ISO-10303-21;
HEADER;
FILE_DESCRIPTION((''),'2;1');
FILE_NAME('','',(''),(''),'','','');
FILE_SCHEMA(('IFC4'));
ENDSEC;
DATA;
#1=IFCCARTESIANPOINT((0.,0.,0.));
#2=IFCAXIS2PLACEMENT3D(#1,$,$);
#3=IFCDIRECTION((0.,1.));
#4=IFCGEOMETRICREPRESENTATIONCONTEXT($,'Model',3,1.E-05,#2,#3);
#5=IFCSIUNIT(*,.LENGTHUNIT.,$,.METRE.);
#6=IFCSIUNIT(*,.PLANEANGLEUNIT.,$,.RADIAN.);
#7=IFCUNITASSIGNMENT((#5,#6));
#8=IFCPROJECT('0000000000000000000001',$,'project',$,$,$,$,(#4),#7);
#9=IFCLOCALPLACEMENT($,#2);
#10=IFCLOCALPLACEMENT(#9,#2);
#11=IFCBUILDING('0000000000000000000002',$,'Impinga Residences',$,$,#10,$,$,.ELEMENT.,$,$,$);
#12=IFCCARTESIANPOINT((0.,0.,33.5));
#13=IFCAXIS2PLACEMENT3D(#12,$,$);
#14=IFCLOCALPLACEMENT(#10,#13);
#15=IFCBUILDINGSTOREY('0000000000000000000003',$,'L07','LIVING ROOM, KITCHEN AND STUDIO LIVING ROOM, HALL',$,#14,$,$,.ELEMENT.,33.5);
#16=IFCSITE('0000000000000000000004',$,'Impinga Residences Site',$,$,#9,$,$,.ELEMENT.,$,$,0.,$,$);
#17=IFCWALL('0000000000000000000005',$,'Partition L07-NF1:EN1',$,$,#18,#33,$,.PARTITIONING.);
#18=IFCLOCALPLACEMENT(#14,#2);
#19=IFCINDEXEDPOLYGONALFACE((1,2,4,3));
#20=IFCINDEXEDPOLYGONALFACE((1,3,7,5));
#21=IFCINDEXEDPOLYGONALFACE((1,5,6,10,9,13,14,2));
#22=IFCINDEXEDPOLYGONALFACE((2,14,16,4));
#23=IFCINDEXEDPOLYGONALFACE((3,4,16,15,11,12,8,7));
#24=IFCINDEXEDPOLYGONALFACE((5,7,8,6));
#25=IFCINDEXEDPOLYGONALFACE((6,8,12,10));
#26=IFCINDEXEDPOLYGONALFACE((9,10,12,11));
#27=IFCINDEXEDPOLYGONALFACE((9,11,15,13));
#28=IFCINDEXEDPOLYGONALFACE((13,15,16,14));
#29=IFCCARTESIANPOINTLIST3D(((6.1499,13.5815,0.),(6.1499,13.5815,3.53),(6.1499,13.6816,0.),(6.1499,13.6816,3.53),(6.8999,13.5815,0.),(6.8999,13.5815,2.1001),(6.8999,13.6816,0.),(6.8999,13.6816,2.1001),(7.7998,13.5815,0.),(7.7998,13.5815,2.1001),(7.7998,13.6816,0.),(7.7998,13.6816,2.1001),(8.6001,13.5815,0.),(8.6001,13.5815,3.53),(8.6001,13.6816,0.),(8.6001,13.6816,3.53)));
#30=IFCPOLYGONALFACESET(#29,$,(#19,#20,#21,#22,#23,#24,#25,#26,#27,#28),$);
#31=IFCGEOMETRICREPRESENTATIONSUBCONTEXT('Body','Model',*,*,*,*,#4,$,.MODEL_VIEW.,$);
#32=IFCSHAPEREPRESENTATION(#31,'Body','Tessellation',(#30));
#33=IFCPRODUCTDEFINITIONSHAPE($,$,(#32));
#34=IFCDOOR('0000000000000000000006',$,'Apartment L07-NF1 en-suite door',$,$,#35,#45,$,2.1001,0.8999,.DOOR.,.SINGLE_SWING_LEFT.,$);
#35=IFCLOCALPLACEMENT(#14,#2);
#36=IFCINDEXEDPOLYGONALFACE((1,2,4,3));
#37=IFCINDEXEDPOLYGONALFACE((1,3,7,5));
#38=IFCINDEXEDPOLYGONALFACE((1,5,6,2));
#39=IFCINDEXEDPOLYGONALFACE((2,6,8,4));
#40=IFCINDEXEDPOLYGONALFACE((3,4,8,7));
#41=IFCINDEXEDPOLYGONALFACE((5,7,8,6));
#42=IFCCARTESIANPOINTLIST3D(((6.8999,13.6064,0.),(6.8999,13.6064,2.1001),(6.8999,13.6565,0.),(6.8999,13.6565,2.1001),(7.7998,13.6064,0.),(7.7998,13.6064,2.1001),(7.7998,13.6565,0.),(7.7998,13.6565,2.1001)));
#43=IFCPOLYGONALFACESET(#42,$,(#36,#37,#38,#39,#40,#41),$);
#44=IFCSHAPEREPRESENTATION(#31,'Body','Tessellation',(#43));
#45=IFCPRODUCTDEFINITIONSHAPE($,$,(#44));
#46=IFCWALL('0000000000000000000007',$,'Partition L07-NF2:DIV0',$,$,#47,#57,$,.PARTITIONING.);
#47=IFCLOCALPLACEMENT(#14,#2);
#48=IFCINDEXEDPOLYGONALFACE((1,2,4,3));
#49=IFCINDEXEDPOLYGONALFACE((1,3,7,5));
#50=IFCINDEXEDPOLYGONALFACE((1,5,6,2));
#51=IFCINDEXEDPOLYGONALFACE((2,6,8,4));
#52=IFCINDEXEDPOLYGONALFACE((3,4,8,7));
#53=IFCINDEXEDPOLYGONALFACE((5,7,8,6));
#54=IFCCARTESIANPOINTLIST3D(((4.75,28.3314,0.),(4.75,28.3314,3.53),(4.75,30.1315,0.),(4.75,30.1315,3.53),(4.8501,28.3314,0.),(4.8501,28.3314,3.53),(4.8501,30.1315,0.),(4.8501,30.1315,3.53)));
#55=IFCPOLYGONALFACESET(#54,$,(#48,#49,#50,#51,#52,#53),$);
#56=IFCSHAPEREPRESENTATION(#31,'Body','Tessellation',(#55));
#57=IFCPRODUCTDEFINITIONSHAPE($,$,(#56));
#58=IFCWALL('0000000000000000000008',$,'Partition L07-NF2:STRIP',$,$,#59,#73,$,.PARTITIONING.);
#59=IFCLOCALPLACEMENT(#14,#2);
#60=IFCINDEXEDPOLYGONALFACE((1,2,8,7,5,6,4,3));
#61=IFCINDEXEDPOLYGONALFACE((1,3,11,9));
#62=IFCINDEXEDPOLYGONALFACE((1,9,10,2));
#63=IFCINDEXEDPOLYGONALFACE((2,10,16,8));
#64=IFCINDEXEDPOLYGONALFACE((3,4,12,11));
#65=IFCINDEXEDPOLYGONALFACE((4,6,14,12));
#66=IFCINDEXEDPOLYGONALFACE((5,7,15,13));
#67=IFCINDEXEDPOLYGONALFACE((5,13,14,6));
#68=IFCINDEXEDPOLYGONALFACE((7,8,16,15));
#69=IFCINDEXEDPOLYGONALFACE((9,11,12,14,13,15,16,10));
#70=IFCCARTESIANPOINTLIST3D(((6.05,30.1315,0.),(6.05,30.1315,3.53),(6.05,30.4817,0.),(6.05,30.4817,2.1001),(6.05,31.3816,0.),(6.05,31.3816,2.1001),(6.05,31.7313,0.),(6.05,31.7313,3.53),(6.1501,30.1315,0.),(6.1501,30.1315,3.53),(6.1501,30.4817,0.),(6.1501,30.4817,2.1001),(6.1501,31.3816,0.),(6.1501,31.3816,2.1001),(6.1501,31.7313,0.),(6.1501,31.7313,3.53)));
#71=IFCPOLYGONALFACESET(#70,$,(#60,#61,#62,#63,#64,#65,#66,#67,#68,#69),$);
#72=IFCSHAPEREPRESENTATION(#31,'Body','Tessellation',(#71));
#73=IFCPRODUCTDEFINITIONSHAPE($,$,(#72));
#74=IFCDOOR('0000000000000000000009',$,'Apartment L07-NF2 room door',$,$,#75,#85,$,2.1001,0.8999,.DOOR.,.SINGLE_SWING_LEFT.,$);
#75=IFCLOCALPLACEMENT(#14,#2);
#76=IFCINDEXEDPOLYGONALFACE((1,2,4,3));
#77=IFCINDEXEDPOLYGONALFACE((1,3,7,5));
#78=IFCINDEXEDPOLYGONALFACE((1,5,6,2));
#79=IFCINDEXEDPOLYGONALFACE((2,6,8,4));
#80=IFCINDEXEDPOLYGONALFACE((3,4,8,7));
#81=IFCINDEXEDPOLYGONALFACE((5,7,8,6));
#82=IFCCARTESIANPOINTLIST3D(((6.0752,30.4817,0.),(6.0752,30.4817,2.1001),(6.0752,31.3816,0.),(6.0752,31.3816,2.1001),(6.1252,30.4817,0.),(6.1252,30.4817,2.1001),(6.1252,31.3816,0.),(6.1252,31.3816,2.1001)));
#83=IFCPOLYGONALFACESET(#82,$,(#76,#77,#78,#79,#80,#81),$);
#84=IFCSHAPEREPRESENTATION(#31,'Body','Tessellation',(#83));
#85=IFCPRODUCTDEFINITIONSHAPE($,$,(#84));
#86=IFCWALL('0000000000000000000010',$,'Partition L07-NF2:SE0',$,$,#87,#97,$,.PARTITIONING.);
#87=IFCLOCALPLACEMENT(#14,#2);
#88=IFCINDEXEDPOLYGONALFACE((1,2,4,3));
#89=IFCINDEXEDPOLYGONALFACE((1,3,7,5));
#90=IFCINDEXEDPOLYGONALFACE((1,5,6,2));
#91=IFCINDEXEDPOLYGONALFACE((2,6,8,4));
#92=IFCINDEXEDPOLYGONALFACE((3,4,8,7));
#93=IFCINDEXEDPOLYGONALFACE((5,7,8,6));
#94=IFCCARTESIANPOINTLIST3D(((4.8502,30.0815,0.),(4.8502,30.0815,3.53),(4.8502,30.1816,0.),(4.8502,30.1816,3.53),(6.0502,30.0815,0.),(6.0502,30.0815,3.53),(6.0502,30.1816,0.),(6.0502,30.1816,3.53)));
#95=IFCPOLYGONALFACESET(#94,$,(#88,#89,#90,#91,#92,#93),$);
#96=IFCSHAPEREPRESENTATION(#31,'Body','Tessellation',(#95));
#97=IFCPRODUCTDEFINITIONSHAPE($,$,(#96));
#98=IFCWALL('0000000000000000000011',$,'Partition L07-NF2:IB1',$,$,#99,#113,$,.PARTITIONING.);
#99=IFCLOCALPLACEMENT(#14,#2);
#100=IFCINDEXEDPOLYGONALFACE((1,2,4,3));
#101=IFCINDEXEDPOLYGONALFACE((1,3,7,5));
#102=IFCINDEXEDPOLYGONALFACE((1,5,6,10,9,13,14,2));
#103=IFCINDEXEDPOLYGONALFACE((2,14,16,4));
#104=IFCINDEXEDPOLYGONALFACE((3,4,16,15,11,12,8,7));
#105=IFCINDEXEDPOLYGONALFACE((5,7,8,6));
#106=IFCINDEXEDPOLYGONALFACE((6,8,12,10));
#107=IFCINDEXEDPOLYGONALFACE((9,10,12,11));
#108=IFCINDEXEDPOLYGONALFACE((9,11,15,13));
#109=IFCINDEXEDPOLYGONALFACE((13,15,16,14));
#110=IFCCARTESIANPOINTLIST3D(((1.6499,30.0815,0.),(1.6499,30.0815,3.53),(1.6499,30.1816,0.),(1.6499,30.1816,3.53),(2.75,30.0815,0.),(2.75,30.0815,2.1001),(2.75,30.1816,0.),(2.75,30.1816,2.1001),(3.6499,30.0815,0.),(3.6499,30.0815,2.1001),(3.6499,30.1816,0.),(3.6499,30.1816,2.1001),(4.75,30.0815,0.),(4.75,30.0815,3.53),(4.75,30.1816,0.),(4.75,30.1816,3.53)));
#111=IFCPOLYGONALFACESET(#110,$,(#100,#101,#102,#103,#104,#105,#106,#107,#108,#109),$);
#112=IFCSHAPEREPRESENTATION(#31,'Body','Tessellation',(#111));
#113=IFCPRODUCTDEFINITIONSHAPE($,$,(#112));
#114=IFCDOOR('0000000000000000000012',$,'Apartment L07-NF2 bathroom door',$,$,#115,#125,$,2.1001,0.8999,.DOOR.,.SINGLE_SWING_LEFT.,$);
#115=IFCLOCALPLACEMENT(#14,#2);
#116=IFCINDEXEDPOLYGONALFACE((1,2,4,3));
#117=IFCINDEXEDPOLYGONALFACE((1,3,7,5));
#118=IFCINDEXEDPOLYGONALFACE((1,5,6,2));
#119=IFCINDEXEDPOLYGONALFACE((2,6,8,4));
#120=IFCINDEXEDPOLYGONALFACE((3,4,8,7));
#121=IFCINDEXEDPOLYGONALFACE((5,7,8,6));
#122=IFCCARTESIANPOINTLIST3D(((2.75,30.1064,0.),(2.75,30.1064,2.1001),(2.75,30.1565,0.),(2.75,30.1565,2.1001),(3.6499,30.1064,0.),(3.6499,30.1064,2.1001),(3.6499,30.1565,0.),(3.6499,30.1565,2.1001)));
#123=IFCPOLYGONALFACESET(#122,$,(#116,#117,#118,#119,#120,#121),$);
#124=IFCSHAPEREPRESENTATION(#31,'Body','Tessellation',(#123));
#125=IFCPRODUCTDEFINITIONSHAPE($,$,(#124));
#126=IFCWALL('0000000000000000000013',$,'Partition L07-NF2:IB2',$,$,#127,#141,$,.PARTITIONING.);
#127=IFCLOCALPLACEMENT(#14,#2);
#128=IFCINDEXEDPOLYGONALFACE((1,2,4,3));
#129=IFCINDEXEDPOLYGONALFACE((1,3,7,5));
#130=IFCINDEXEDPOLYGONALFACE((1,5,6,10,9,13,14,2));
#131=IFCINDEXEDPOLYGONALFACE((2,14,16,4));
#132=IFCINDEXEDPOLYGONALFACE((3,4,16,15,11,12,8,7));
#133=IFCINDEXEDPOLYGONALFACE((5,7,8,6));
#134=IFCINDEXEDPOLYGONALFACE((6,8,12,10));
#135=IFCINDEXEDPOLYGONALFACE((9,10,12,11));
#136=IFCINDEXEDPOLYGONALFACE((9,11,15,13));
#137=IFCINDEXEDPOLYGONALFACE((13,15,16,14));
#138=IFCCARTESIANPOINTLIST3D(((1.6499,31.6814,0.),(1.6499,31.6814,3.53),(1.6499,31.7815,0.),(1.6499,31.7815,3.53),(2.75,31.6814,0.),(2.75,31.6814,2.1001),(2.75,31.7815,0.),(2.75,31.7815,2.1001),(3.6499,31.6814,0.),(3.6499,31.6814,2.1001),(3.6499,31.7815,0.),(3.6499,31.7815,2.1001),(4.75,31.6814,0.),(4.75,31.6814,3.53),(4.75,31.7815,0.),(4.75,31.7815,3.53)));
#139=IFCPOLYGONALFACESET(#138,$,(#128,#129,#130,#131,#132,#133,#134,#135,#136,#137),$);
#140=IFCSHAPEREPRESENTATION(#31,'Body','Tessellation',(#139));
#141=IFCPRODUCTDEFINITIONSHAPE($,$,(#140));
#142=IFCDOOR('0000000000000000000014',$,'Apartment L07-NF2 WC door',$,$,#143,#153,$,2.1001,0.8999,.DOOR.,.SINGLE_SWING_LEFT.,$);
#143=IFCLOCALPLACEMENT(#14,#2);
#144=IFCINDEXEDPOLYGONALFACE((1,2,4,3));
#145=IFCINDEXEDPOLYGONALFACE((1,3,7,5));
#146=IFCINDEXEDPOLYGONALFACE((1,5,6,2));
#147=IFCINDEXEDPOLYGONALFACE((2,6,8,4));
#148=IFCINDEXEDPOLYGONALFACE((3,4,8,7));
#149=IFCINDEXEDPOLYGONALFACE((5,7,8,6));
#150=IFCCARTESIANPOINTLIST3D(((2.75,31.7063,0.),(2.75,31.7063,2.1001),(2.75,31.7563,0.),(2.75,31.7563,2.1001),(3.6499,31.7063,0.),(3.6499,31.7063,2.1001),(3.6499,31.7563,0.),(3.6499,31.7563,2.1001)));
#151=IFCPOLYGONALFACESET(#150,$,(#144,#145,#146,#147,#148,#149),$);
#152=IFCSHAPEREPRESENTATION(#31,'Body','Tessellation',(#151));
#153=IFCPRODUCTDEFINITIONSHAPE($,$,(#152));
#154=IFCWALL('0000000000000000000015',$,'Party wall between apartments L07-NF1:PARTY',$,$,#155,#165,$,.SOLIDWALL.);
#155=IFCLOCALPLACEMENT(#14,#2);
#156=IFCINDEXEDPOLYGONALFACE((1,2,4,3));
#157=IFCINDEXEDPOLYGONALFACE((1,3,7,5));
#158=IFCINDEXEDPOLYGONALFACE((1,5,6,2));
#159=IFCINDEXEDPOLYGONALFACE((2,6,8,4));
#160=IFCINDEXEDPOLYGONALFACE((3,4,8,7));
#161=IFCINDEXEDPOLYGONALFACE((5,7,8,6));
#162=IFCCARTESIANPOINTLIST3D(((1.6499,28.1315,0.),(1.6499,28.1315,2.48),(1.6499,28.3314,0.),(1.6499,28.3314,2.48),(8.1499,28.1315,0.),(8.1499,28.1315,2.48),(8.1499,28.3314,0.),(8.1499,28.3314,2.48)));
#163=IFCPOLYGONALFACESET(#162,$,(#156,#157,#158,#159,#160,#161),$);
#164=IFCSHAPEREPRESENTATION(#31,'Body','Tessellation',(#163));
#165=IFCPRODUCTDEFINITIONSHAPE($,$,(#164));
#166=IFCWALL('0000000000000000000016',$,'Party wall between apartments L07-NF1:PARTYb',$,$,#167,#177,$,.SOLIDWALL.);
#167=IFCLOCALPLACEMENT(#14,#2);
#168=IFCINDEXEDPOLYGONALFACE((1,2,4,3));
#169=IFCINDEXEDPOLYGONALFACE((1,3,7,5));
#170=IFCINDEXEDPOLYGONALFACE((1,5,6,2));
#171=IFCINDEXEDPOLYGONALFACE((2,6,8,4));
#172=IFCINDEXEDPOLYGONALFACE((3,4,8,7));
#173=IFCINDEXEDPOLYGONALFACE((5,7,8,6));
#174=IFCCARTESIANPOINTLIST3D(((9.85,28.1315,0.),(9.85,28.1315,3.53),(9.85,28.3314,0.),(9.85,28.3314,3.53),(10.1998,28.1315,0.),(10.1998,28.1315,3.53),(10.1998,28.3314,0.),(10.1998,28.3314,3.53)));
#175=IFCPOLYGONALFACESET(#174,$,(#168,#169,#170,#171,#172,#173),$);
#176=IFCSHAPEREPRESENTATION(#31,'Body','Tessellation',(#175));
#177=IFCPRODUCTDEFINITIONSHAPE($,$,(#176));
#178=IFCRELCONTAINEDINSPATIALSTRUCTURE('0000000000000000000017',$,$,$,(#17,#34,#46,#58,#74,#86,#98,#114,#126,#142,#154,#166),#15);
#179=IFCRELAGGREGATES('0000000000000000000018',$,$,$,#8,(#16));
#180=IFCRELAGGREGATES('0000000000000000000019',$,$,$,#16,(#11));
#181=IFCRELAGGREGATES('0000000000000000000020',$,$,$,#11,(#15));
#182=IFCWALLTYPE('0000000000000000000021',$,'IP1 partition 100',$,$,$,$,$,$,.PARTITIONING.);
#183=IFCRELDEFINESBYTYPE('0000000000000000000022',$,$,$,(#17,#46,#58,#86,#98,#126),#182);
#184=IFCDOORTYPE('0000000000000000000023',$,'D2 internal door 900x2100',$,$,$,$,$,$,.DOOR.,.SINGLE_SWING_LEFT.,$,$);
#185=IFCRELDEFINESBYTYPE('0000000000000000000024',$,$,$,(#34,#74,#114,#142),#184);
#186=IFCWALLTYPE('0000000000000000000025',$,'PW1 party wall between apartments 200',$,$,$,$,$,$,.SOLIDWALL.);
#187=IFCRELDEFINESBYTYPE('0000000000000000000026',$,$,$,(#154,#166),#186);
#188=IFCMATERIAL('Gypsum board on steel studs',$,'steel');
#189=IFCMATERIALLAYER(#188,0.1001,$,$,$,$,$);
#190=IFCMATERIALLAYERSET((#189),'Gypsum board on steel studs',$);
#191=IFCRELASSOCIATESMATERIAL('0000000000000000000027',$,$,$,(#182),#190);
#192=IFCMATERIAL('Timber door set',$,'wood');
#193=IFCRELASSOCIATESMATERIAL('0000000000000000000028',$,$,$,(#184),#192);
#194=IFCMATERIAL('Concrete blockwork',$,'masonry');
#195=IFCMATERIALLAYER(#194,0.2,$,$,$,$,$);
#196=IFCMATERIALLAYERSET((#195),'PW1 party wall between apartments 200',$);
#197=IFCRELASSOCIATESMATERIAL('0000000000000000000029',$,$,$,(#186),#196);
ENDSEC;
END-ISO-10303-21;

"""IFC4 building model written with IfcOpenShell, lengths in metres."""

from ifc_helpers import new_model, si_unit, direction, frame, frame_2d, origin, place, context, subcontext, project, spatial, rectangle, extrude, material, layer, layer_set, type_object, element, fill, save


model = new_model("IFC4")

# Units and contexts
model_context = context("Model", 3, precision=1e-05, world=origin(), true_north=direction((0.0, 1.0)))
body_context = subcontext(model_context, "Body", "Model", "MODEL_VIEW")
ifc_project = project(units=[si_unit("LENGTHUNIT", "METRE"), si_unit("PLANEANGLEUNIT", "RADIAN")], contexts=[model_context])

# Site, building, storey
site_placement = place(None, origin())
site = spatial("IfcSite", under=ifc_project, at=site_placement, Name="Impinga Residences Site", CompositionType="ELEMENT", RefElevation=0.0)
building_placement = place(site_placement, origin())
building = spatial("IfcBuilding", under=site, at=building_placement, Name="Impinga Residences", CompositionType="ELEMENT")
storey_placement = place(building_placement, frame((0.0, 0.0, 33.5)))
storey = spatial("IfcBuildingStorey", under=building, at=storey_placement, Name="L07", Description="LIVING ROOM, KITCHEN AND STUDIO LIVING ROOM, HALL", CompositionType="ELEMENT", Elevation=33.5)

# Shared definitions
ifc_material_1 = material(Name="Gypsum board on steel studs", Category="steel")
ifc_layer_1 = layer(ifc_material_1, 0.1001)
ifc_layer_set_1 = layer_set([ifc_layer_1], Name="Gypsum board on steel studs")
wall_type_1 = type_object("IfcWallType", Name="IP1 partition 100", PredefinedType="PARTITIONING", material=ifc_layer_set_1)

# Shared definitions
ifc_material_2 = material(Name="Timber door set", Category="wood")
door_type = type_object("IfcDoorType", Name="D2 internal door 900x2100", OperationType="SINGLE_SWING_LEFT", PredefinedType="DOOR", material=ifc_material_2)

# Wall, opening, door
wall_1_placement = place(storey_placement, frame((6.1499, 13.6316, 0.0), z_axis=(0.0, 0.0, 1.0), x_axis=(1.0, 0.0, 0.0)))
wall_1 = element("IfcWall", 1, at=wall_1_placement, inside=storey, type_object=wall_type_1, Name="Partition L07-NF1:EN1", PredefinedType="PARTITIONING", context=body_context, shape_type="SweptSolid", body=[
    extrude(rectangle(XDim=2.4502, YDim=0.1001, at=frame_2d((1.2251, 0.0))), origin(), (0.0, 0.0, 1.0), 3.53),
])
opening_1_placement = place(wall_1_placement, frame((0.75, 0.0, 0.0)))
opening_1 = element("IfcOpeningElement", 2, at=opening_1_placement, cuts=wall_1, PredefinedType="OPENING", context=body_context, shape_type="SweptSolid", body=[
    extrude(rectangle(XDim=0.8999, YDim=2.1001, at=frame_2d((0.45, 1.05))), frame((0.0, 0.0601, 0.0), z_axis=(0.0, -1.0, 0.0), x_axis=(1.0, 0.0, 0.0)), (0.0, 0.0, 1.0), 0.1201),
])
door_1_placement = place(opening_1_placement, origin())
door_1 = element("IfcDoor", 3, at=door_1_placement, inside=storey, type_object=door_type, Name="Apartment L07-NF1 en-suite door", OperationType="SINGLE_SWING_LEFT", OverallHeight=2.1001, OverallWidth=0.8999, PredefinedType="DOOR", context=body_context, shape_type="SweptSolid", body=[
    extrude(rectangle(XDim=0.8999, YDim=2.1001, at=frame_2d((0.45, 1.05))), frame((0.0, 0.0249, 0.0), z_axis=(0.0, -1.0, 0.0), x_axis=(1.0, 0.0, 0.0)), (0.0, 0.0, 1.0), 0.05),
])
fill(opening_1, door_1)

# Wall
wall_2_placement = place(storey_placement, frame((4.8, 28.3315, 0.0), z_axis=(0.0, 0.0, 1.0), x_axis=(0.0, 1.0, 0.0)))
element("IfcWall", 4, at=wall_2_placement, inside=storey, type_object=wall_type_1, Name="Partition L07-NF2:DIV0", PredefinedType="PARTITIONING", context=body_context, shape_type="SweptSolid", body=[
    extrude(rectangle(XDim=1.8, YDim=0.1001, at=frame_2d((0.8999, 0.0))), origin(), (0.0, 0.0, 1.0), 3.53),
])

# Wall, opening, door
wall_3_placement = place(storey_placement, frame((6.1001, 30.1316, 0.0), z_axis=(0.0, 0.0, 1.0), x_axis=(0.0, 1.0, 0.0)))
wall_3 = element("IfcWall", 5, at=wall_3_placement, inside=storey, type_object=wall_type_1, Name="Partition L07-NF2:STRIP", PredefinedType="PARTITIONING", context=body_context, shape_type="SweptSolid", body=[
    extrude(rectangle(XDim=1.5999, YDim=0.1001, at=frame_2d((0.7998, 0.0))), origin(), (0.0, 0.0, 1.0), 3.53),
])
opening_2_placement = place(wall_3_placement, frame((0.3501, 0.0, 0.0)))
opening_2 = element("IfcOpeningElement", 6, at=opening_2_placement, cuts=wall_3, PredefinedType="OPENING", context=body_context, shape_type="SweptSolid", body=[
    extrude(rectangle(XDim=0.8999, YDim=2.1001, at=frame_2d((0.45, 1.05))), frame((0.0, 0.0601, 0.0), z_axis=(0.0, -1.0, 0.0), x_axis=(1.0, 0.0, 0.0)), (0.0, 0.0, 1.0), 0.1201),
])
door_2_placement = place(opening_2_placement, origin())
door_2 = element("IfcDoor", 7, at=door_2_placement, inside=storey, type_object=door_type, Name="Apartment L07-NF2 room door", OperationType="SINGLE_SWING_LEFT", OverallHeight=2.1001, OverallWidth=0.8999, PredefinedType="DOOR", context=body_context, shape_type="SweptSolid", body=[
    extrude(rectangle(XDim=0.8999, YDim=2.1001, at=frame_2d((0.45, 1.05))), frame((0.0, 0.0249, 0.0), z_axis=(0.0, -1.0, 0.0), x_axis=(1.0, 0.0, 0.0)), (0.0, 0.0, 1.0), 0.05),
])
fill(opening_2, door_2)

# Wall
wall_4_placement = place(storey_placement, frame((4.8501, 30.1316, 0.0), z_axis=(0.0, 0.0, 1.0), x_axis=(1.0, 0.0, 0.0)))
element("IfcWall", 8, at=wall_4_placement, inside=storey, type_object=wall_type_1, Name="Partition L07-NF2:SE0", PredefinedType="PARTITIONING", context=body_context, shape_type="SweptSolid", body=[
    extrude(rectangle(XDim=1.2, YDim=0.1001, at=frame_2d((0.6001, 0.0))), origin(), (0.0, 0.0, 1.0), 3.53),
])

# Walls, openings, doors
wall_5_placement = place(storey_placement, frame((1.6499, 30.1316, 0.0), z_axis=(0.0, 0.0, 1.0), x_axis=(1.0, 0.0, 0.0)))
wall_5 = element("IfcWall", 9, at=wall_5_placement, inside=storey, type_object=wall_type_1, Name="Partition L07-NF2:IB1", PredefinedType="PARTITIONING", context=body_context, shape_type="SweptSolid", body=[
    extrude(rectangle(XDim=3.1001, YDim=0.1001, at=frame_2d((1.55, 0.0))), origin(), (0.0, 0.0, 1.0), 3.53),
])
opening_3_placement = place(wall_5_placement, frame((1.1001, 0.0, 0.0)))
opening_3 = element("IfcOpeningElement", 10, at=opening_3_placement, cuts=wall_5, PredefinedType="OPENING", context=body_context, shape_type="SweptSolid", body=[
    extrude(rectangle(XDim=0.8999, YDim=2.1001, at=frame_2d((0.45, 1.05))), frame((0.0, 0.0601, 0.0), z_axis=(0.0, -1.0, 0.0), x_axis=(1.0, 0.0, 0.0)), (0.0, 0.0, 1.0), 0.1201),
])
door_3_placement = place(opening_3_placement, origin())
door_3 = element("IfcDoor", 11, at=door_3_placement, inside=storey, type_object=door_type, Name="Apartment L07-NF2 bathroom door", OperationType="SINGLE_SWING_LEFT", OverallHeight=2.1001, OverallWidth=0.8999, PredefinedType="DOOR", context=body_context, shape_type="SweptSolid", body=[
    extrude(rectangle(XDim=0.8999, YDim=2.1001, at=frame_2d((0.45, 1.05))), frame((0.0, 0.0249, 0.0), z_axis=(0.0, -1.0, 0.0), x_axis=(1.0, 0.0, 0.0)), (0.0, 0.0, 1.0), 0.05),
])
fill(opening_3, door_3)
wall_6_placement = place(storey_placement, frame((1.6499, 31.7314, 0.0), z_axis=(0.0, 0.0, 1.0), x_axis=(1.0, 0.0, 0.0)))
wall_6 = element("IfcWall", 12, at=wall_6_placement, inside=storey, type_object=wall_type_1, Name="Partition L07-NF2:IB2", PredefinedType="PARTITIONING", context=body_context, shape_type="SweptSolid", body=[
    extrude(rectangle(XDim=3.1001, YDim=0.1001, at=frame_2d((1.55, 0.0))), origin(), (0.0, 0.0, 1.0), 3.53),
])
opening_4_placement = place(wall_6_placement, frame((1.1001, 0.0, 0.0)))
opening_4 = element("IfcOpeningElement", 13, at=opening_4_placement, cuts=wall_6, PredefinedType="OPENING", context=body_context, shape_type="SweptSolid", body=[
    extrude(rectangle(XDim=0.8999, YDim=2.1001, at=frame_2d((0.45, 1.05))), frame((0.0, 0.0601, 0.0), z_axis=(0.0, -1.0, 0.0), x_axis=(1.0, 0.0, 0.0)), (0.0, 0.0, 1.0), 0.1201),
])
door_4_placement = place(opening_4_placement, origin())
door_4 = element("IfcDoor", 14, at=door_4_placement, inside=storey, type_object=door_type, Name="Apartment L07-NF2 WC door", OperationType="SINGLE_SWING_LEFT", OverallHeight=2.1001, OverallWidth=0.8999, PredefinedType="DOOR", context=body_context, shape_type="SweptSolid", body=[
    extrude(rectangle(XDim=0.8999, YDim=2.1001, at=frame_2d((0.45, 1.05))), frame((0.0, 0.0249, 0.0), z_axis=(0.0, -1.0, 0.0), x_axis=(1.0, 0.0, 0.0)), (0.0, 0.0, 1.0), 0.05),
])
fill(opening_4, door_4)

# Walls
ifc_material_3 = material(Name="Concrete blockwork", Category="masonry")
ifc_layer_2 = layer(ifc_material_3, 0.2)
ifc_layer_set_2 = layer_set([ifc_layer_2], Name="PW1 party wall between apartments 200")
wall_type_2 = type_object("IfcWallType", Name="PW1 party wall between apartments 200", PredefinedType="SOLIDWALL", material=ifc_layer_set_2)
wall_7_placement = place(storey_placement, frame((1.6499, 28.2314, 0.0), z_axis=(0.0, 0.0, 1.0), x_axis=(1.0, 0.0, 0.0)))
element("IfcWall", 15, at=wall_7_placement, inside=storey, type_object=wall_type_2, Name="Party wall between apartments L07-NF1:PARTY", PredefinedType="SOLIDWALL", context=body_context, shape_type="SweptSolid", body=[
    extrude(rectangle(XDim=6.5, YDim=0.2, at=frame_2d((3.25, 0.0))), origin(), (0.0, 0.0, 1.0), 2.48),
])
wall_8_placement = place(storey_placement, frame((9.8501, 28.2314, 0.0), z_axis=(0.0, 0.0, 1.0), x_axis=(1.0, 0.0, 0.0)))
element("IfcWall", 16, at=wall_8_placement, inside=storey, type_object=wall_type_2, Name="Party wall between apartments L07-NF1:PARTYb", PredefinedType="SOLIDWALL", context=body_context, shape_type="SweptSolid", body=[
    extrude(rectangle(XDim=0.3499, YDim=0.2, at=frame_2d((0.1748, 0.0))), origin(), (0.0, 0.0, 1.0), 3.53),
])

save(model, "model.ifc")
